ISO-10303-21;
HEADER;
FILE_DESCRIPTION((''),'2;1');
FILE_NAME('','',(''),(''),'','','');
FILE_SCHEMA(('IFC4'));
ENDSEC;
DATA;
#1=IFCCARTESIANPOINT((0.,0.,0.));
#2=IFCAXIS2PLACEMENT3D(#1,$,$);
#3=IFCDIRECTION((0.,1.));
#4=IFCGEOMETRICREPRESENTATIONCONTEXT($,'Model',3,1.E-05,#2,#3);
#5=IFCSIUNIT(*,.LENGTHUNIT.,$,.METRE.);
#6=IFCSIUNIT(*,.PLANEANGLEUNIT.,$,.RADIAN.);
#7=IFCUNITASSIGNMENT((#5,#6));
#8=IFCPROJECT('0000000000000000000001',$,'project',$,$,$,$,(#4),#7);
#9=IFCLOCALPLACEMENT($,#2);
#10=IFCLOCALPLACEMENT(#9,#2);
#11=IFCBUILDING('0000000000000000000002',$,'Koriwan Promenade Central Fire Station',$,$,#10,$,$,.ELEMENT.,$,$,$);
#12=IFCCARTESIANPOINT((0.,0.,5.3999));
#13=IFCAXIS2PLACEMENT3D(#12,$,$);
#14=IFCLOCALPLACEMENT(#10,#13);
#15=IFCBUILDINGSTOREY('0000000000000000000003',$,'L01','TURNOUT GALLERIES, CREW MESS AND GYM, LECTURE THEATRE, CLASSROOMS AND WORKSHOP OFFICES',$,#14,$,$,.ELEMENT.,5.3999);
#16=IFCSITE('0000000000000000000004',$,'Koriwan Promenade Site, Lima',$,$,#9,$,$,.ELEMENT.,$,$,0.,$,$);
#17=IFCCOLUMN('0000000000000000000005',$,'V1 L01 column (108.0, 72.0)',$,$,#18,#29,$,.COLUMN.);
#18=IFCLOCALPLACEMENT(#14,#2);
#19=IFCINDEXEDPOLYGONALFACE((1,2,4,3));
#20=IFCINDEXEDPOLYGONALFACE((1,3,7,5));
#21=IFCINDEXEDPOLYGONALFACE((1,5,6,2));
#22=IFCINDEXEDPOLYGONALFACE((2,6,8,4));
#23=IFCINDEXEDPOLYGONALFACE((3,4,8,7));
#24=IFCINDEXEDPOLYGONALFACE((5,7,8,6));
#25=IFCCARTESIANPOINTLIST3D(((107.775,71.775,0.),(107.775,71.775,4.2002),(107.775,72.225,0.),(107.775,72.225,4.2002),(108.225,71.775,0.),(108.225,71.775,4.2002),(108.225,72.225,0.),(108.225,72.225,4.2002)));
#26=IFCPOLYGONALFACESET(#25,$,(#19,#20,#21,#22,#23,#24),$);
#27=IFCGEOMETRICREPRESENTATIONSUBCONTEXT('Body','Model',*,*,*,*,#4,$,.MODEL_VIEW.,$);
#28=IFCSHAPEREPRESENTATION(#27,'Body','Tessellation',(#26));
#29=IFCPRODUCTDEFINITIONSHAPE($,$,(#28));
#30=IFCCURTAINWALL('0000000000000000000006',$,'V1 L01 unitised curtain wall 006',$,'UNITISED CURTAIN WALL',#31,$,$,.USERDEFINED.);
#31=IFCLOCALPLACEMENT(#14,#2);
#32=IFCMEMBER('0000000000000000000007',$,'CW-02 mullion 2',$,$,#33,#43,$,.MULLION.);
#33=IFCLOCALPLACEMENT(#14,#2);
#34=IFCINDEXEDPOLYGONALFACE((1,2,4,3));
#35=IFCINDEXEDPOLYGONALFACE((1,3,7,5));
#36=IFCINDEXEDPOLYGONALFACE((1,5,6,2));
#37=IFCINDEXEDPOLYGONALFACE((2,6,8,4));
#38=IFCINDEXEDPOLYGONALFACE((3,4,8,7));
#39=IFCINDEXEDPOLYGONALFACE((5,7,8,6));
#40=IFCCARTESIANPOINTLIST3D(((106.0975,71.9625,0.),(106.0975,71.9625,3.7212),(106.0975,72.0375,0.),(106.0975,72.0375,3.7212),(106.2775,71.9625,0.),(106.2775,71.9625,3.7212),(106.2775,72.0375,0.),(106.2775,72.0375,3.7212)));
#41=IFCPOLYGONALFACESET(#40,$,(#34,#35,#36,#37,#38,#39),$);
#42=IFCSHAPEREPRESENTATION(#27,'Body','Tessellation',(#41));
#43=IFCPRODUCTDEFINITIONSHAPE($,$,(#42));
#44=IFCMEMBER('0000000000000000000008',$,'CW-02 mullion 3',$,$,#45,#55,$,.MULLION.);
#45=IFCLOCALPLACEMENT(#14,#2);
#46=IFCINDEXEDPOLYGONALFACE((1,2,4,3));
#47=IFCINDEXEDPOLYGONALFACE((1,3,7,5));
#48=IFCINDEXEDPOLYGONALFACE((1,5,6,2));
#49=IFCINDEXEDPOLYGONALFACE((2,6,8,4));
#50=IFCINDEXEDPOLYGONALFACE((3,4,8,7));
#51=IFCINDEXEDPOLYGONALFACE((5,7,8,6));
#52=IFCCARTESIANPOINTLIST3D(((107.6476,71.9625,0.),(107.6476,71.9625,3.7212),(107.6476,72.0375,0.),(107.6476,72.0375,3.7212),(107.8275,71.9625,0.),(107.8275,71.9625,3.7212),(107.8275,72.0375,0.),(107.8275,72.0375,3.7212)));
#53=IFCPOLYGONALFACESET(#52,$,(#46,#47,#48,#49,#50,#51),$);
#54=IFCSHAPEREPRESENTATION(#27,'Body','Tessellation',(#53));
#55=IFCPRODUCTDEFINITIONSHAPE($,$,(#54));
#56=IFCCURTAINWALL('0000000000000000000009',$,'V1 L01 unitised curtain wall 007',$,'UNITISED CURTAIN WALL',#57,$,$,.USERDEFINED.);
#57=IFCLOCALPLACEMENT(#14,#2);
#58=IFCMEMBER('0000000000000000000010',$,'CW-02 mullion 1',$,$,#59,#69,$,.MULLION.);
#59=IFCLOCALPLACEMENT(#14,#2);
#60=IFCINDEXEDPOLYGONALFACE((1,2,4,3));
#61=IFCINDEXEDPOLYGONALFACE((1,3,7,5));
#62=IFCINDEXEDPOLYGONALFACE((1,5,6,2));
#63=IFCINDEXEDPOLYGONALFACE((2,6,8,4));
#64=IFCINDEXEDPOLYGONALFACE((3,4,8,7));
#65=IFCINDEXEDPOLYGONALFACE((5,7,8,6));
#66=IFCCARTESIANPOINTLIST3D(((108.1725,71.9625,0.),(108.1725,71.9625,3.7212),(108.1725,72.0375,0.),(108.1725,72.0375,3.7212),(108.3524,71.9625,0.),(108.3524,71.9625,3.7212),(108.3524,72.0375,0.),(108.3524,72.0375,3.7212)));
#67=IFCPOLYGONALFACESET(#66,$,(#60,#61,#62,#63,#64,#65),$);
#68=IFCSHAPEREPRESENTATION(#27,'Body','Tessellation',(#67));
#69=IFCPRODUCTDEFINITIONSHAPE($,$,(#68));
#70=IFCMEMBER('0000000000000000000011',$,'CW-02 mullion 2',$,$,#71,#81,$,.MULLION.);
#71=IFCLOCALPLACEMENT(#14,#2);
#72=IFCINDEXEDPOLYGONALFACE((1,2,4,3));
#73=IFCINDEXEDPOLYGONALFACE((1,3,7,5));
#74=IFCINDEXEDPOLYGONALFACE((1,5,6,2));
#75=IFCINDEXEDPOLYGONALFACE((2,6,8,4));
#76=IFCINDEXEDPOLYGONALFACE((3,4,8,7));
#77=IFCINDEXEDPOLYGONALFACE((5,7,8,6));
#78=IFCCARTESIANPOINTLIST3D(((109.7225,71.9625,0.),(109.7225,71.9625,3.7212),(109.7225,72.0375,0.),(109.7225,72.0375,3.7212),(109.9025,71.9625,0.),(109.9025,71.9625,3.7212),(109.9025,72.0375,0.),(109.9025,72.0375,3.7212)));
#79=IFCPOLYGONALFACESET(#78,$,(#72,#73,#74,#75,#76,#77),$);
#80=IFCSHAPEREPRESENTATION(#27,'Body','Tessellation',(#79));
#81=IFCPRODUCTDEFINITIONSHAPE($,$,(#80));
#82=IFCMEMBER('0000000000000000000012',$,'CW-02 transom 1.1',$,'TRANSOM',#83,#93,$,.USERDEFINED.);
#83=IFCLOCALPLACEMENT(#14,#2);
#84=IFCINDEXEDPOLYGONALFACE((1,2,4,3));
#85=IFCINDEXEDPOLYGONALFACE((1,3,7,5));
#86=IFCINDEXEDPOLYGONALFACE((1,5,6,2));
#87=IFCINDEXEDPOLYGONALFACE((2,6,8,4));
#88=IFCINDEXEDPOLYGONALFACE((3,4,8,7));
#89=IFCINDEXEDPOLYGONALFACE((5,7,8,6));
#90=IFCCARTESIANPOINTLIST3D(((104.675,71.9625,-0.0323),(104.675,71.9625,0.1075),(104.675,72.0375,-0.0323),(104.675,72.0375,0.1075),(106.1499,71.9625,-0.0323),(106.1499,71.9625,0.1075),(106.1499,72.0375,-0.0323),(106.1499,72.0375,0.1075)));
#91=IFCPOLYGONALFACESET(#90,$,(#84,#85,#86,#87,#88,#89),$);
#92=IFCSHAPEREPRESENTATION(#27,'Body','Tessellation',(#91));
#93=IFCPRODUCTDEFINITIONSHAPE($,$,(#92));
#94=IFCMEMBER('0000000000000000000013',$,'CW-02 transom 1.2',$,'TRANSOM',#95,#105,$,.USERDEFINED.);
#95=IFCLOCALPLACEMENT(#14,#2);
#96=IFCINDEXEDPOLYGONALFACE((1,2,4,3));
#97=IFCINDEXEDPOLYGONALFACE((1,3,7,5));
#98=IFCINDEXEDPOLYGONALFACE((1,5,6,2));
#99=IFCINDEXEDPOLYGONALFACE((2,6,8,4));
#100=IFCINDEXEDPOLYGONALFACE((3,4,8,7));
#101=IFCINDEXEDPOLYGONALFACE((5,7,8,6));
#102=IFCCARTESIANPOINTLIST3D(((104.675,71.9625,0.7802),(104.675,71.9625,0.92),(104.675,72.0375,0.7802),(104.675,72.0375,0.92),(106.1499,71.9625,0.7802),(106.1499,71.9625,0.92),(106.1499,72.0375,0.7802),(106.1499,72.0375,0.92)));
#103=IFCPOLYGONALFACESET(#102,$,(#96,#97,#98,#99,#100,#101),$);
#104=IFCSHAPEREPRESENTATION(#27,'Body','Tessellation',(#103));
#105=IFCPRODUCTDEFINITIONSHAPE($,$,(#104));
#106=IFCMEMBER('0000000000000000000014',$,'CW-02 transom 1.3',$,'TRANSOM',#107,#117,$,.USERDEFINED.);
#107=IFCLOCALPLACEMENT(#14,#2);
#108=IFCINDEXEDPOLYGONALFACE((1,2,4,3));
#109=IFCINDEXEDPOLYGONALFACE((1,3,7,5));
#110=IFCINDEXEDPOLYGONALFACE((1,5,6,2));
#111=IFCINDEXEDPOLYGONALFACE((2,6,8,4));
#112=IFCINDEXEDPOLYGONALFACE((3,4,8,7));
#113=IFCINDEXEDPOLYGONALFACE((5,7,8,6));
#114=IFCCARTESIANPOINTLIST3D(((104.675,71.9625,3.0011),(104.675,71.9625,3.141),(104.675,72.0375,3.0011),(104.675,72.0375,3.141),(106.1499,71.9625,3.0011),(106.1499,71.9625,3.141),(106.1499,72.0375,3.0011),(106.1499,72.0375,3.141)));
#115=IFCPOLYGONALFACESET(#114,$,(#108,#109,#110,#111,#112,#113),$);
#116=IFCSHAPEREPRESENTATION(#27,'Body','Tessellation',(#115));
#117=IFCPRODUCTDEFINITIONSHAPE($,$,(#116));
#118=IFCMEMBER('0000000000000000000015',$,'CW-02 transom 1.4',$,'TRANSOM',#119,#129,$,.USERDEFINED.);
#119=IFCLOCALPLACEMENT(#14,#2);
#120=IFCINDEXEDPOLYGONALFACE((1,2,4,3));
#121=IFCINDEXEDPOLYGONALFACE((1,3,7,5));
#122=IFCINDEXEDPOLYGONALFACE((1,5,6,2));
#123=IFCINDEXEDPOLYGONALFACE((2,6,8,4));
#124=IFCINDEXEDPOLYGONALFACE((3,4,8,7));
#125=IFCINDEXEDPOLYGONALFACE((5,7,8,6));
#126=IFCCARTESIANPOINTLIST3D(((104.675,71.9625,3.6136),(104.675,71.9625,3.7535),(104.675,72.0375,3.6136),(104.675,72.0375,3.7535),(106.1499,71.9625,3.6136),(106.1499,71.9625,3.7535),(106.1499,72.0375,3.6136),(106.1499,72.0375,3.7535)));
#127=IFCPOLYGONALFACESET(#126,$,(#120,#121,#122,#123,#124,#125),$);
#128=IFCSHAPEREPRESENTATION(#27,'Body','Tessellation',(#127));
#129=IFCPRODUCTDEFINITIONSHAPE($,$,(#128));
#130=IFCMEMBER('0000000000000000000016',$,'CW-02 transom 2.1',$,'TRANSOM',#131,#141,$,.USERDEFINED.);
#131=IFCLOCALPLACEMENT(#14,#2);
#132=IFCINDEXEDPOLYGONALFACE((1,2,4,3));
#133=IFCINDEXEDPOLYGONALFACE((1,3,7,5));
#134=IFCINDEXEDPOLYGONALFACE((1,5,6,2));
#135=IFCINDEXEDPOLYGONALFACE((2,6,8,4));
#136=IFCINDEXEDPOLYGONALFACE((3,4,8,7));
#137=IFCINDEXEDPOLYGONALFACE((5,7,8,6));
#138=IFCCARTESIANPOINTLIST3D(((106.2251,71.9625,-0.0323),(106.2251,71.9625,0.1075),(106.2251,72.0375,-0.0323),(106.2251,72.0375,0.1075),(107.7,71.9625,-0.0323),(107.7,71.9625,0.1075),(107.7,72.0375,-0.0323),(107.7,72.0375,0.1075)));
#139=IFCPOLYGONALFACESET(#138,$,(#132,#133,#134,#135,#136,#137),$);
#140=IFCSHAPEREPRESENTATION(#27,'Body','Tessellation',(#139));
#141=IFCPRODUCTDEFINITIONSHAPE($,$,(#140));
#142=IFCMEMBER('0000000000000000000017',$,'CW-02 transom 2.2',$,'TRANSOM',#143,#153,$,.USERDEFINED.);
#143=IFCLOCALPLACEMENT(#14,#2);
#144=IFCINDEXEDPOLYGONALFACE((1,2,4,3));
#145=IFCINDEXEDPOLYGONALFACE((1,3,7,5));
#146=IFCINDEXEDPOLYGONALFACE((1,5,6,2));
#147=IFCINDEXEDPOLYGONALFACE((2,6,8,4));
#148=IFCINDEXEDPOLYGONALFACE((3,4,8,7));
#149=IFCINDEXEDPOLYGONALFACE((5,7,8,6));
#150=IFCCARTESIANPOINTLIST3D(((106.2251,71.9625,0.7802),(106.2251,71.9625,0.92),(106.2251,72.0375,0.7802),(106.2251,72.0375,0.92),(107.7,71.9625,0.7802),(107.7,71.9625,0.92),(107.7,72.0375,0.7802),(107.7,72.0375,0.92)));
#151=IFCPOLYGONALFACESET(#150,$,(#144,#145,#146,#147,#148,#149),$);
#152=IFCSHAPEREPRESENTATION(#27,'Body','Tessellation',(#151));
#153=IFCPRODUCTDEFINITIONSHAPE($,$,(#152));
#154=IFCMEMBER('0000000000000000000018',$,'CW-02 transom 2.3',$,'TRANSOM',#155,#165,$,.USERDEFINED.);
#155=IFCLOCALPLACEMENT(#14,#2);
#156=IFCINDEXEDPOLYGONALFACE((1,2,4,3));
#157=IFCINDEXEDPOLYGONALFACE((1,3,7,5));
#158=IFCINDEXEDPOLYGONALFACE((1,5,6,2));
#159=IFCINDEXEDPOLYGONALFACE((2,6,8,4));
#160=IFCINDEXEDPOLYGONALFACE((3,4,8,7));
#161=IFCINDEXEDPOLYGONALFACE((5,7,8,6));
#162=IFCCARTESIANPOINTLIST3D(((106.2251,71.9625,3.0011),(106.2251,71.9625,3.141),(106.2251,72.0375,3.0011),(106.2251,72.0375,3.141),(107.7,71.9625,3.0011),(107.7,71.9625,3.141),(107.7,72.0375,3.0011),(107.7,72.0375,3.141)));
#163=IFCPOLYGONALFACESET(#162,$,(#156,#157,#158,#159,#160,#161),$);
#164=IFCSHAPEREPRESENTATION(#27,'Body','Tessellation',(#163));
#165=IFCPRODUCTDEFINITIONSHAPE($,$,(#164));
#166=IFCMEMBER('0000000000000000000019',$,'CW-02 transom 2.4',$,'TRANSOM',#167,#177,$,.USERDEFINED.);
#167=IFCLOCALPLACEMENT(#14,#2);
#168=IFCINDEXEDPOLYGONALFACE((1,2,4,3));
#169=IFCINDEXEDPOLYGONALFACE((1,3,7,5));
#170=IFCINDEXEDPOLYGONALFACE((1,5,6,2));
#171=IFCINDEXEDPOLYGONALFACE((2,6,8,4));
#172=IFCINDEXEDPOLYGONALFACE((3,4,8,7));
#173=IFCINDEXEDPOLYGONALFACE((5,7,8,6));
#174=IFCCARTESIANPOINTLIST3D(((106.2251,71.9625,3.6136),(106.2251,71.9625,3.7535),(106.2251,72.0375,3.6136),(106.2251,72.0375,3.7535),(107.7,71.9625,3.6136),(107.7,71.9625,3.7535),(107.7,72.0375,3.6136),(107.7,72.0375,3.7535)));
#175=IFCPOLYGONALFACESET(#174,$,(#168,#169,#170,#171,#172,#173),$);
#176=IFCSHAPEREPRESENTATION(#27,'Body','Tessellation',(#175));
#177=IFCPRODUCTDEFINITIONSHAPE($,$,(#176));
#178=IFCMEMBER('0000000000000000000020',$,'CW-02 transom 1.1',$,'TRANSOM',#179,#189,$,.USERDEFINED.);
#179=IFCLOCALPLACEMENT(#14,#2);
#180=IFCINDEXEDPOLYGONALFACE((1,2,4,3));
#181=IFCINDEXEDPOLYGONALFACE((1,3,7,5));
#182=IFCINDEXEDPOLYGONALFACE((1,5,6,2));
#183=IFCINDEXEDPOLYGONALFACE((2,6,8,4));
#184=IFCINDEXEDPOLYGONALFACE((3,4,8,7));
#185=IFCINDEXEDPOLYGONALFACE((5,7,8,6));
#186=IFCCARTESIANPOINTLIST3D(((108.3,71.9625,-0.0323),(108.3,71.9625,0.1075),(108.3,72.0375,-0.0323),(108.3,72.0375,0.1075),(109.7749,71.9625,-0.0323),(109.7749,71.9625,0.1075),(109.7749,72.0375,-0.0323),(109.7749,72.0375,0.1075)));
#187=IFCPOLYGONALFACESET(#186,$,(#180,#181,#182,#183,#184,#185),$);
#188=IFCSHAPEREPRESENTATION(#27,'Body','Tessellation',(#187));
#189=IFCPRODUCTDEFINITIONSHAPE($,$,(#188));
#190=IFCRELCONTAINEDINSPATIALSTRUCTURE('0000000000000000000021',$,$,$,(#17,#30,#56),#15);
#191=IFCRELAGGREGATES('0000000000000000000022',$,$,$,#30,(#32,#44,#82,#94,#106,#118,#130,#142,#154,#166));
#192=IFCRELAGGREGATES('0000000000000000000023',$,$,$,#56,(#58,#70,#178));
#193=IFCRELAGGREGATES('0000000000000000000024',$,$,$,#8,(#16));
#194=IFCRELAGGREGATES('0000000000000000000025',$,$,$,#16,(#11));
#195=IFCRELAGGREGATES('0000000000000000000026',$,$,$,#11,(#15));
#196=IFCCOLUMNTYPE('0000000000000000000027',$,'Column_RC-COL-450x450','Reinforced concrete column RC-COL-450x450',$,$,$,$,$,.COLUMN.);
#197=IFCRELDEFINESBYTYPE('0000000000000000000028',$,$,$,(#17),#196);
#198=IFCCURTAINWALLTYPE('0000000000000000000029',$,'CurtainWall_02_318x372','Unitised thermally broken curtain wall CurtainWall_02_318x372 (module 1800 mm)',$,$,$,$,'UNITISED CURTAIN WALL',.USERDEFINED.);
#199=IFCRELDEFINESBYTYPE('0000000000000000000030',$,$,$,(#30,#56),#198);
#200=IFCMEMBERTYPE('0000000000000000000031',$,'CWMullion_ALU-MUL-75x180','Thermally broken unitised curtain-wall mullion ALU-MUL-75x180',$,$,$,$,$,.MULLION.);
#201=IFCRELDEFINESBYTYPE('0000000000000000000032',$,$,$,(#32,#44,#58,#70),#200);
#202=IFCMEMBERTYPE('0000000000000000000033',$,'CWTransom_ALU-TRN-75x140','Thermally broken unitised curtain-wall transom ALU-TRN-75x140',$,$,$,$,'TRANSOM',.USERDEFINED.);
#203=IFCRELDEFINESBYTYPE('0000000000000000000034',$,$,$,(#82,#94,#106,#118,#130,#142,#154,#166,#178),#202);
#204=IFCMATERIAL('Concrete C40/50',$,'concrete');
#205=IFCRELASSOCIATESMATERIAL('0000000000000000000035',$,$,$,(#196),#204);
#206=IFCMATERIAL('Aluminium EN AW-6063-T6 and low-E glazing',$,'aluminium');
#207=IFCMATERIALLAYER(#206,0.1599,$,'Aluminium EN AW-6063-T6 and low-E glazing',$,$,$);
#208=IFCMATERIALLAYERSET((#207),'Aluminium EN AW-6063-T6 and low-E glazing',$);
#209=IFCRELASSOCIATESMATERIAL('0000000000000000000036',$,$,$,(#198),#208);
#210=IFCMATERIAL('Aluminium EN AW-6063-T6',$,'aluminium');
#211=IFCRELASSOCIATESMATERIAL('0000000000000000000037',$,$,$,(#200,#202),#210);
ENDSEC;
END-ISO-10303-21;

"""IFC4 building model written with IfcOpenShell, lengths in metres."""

from ifc_helpers import new_model, si_unit, direction, frame, origin, origin_2d, place, context, subcontext, project, spatial, rectangle, extrude, material, layer, layer_set, material_profile, profile_set, type_object, element, aggregate, save


model = new_model("IFC4")

# Units and contexts
model_context = context("Model", 3, precision=1e-05, world=origin(), true_north=direction((0.0, 1.0)))
body_context = subcontext(model_context, "Body", "Model", "MODEL_VIEW")
ifc_project = project(units=[si_unit("LENGTHUNIT", "METRE"), si_unit("PLANEANGLEUNIT", "RADIAN")], contexts=[model_context])

# Site, building, storey
site_placement = place(None, origin())
site = spatial("IfcSite", under=ifc_project, at=site_placement, Name="Koriwan Promenade Site, Lima", CompositionType="ELEMENT", RefElevation=0.0)
building_placement = place(site_placement, origin())
building = spatial("IfcBuilding", under=site, at=building_placement, Name="Koriwan Promenade Central Fire Station", CompositionType="ELEMENT")
storey_placement = place(building_placement, frame((0.0, 0.0, 5.3999)))
storey = spatial("IfcBuildingStorey", under=building, at=storey_placement, Name="L01", Description="TURNOUT GALLERIES, CREW MESS AND GYM, LECTURE THEATRE, CLASSROOMS AND WORKSHOP OFFICES", CompositionType="ELEMENT", Elevation=5.3999)

# Column
ifc_material_1 = material(Name="Concrete C40/50", Category="concrete")
ifc_material_profile_1 = material_profile(ifc_material_1, rectangle(XDim=0.45, YDim=0.45, at=origin_2d()), Name="RC-COL-450x450")
ifc_profile_set_1 = profile_set([ifc_material_profile_1], Name="Concrete C40/50")
column_type = type_object("IfcColumnType", Name="Column_RC-COL-450x450", Description="Reinforced concrete column RC-COL-450x450", PredefinedType="COLUMN", material=ifc_profile_set_1)
column_placement = place(storey_placement, frame((108.0, 72.0, 0.0), z_axis=(0.0, 0.0, 1.0), x_axis=(1.0, 0.0, 0.0)))
element("IfcColumn", 1, at=column_placement, inside=storey, type_object=column_type, Name="V1 L01 column (108.0, 72.0)", PredefinedType="COLUMN", context=body_context, shape_type="SweptSolid", body=[
    extrude(rectangle(XDim=0.45, YDim=0.45, at=origin_2d()), origin(), (0.0, 0.0, 1.0), 4.2002),
])

# Curtain walls, members
ifc_material_2 = material(Name="Aluminium EN AW-6063-T6 and low-E glazing", Category="aluminium")
ifc_layer_1 = layer(ifc_material_2, 0.1599, Name="Aluminium EN AW-6063-T6 and low-E glazing")
ifc_layer_set_1 = layer_set([ifc_layer_1], Name="Aluminium EN AW-6063-T6 and low-E glazing")
curtain_wall_type = type_object("IfcCurtainWallType", Name="CurtainWall_02_318x372", Description="Unitised thermally broken curtain wall CurtainWall_02_318x372 (module 1800 mm)", ElementType="UNITISED CURTAIN WALL", PredefinedType="USERDEFINED", material=ifc_layer_set_1)
curtain_wall_1_placement = place(storey_placement, origin())
curtain_wall_1 = element("IfcCurtainWall", 2, at=curtain_wall_1_placement, inside=storey, type_object=curtain_wall_type, Name="V1 L01 unitised curtain wall 006", ObjectType="UNITISED CURTAIN WALL", PredefinedType="USERDEFINED")
ifc_material_3 = material(Name="Aluminium EN AW-6063-T6", Category="aluminium")
ifc_material_profile_2 = material_profile(ifc_material_3, rectangle(XDim=0.075, YDim=0.1799, at=origin_2d()), Name="ALU-MUL-75x180")
ifc_profile_set_2 = profile_set([ifc_material_profile_2], Name="Aluminium EN AW-6063-T6")
member_type_1 = type_object("IfcMemberType", Name="CWMullion_ALU-MUL-75x180", Description="Thermally broken unitised curtain-wall mullion ALU-MUL-75x180", PredefinedType="MULLION", material=ifc_profile_set_2)
member_1_placement = place(storey_placement, frame((106.1875, 72.0, 0.0), z_axis=(0.0, 0.0, 1.0), x_axis=(0.0, 1.0, 0.0)))
member_1 = element("IfcMember", 3, at=member_1_placement, type_object=member_type_1, Name="CW-02 mullion 2", PredefinedType="MULLION", context=body_context, shape_type="SweptSolid", body=[
    extrude(rectangle(XDim=0.075, YDim=0.1799, at=origin_2d()), origin(), (0.0, 0.0, 1.0), 3.7212),
])
member_2_placement = place(storey_placement, frame((107.7375, 72.0, 0.0), z_axis=(0.0, 0.0, 1.0), x_axis=(0.0, 1.0, 0.0)))
member_2 = element("IfcMember", 4, at=member_2_placement, type_object=member_type_1, Name="CW-02 mullion 3", PredefinedType="MULLION", context=body_context, shape_type="SweptSolid", body=[
    extrude(rectangle(XDim=0.075, YDim=0.1799, at=origin_2d()), origin(), (0.0, 0.0, 1.0), 3.7212),
])
curtain_wall_2_placement = place(storey_placement, origin())
curtain_wall_2 = element("IfcCurtainWall", 5, at=curtain_wall_2_placement, inside=storey, type_object=curtain_wall_type, Name="V1 L01 unitised curtain wall 007", ObjectType="UNITISED CURTAIN WALL", PredefinedType="USERDEFINED")
member_3_placement = place(storey_placement, frame((108.2625, 72.0, 0.0), z_axis=(0.0, 0.0, 1.0), x_axis=(0.0, 1.0, 0.0)))
member_3 = element("IfcMember", 6, at=member_3_placement, type_object=member_type_1, Name="CW-02 mullion 1", PredefinedType="MULLION", context=body_context, shape_type="SweptSolid", body=[
    extrude(rectangle(XDim=0.075, YDim=0.1799, at=origin_2d()), origin(), (0.0, 0.0, 1.0), 3.7212),
])
member_4_placement = place(storey_placement, frame((109.8125, 72.0, 0.0), z_axis=(0.0, 0.0, 1.0), x_axis=(0.0, 1.0, 0.0)))
member_4 = element("IfcMember", 7, at=member_4_placement, type_object=member_type_1, Name="CW-02 mullion 2", PredefinedType="MULLION", context=body_context, shape_type="SweptSolid", body=[
    extrude(rectangle(XDim=0.075, YDim=0.1799, at=origin_2d()), origin(), (0.0, 0.0, 1.0), 3.7212),
])

# Members
ifc_material_profile_3 = material_profile(ifc_material_3, rectangle(XDim=0.075, YDim=0.1399, at=origin_2d()), Name="ALU-TRN-75x140")
ifc_profile_set_3 = profile_set([ifc_material_profile_3], Name="Aluminium EN AW-6063-T6")
member_type_2 = type_object("IfcMemberType", Name="CWTransom_ALU-TRN-75x140", Description="Thermally broken unitised curtain-wall transom ALU-TRN-75x140", ElementType="TRANSOM", PredefinedType="USERDEFINED", material=ifc_profile_set_3)
member_5_placement = place(storey_placement, frame((104.675, 72.0, 0.0376), z_axis=(1.0, 0.0, 0.0), x_axis=(0.0, 1.0, 0.0)))
member_5 = element("IfcMember", 8, at=member_5_placement, type_object=member_type_2, Name="CW-02 transom 1.1", ObjectType="TRANSOM", PredefinedType="USERDEFINED", context=body_context, shape_type="SweptSolid", body=[
    extrude(rectangle(XDim=0.075, YDim=0.1399, at=origin_2d()), origin(), (0.0, 0.0, 1.0), 1.4749),
])
member_6_placement = place(storey_placement, frame((104.675, 72.0, 0.8501), z_axis=(1.0, 0.0, 0.0), x_axis=(0.0, 1.0, 0.0)))
member_6 = element("IfcMember", 9, at=member_6_placement, type_object=member_type_2, Name="CW-02 transom 1.2", ObjectType="TRANSOM", PredefinedType="USERDEFINED", context=body_context, shape_type="SweptSolid", body=[
    extrude(rectangle(XDim=0.075, YDim=0.1399, at=origin_2d()), origin(), (0.0, 0.0, 1.0), 1.4749),
])
member_7_placement = place(storey_placement, frame((104.675, 72.0, 3.071), z_axis=(1.0, 0.0, 0.0), x_axis=(0.0, 1.0, 0.0)))
member_7 = element("IfcMember", 10, at=member_7_placement, type_object=member_type_2, Name="CW-02 transom 1.3", ObjectType="TRANSOM", PredefinedType="USERDEFINED", context=body_context, shape_type="SweptSolid", body=[
    extrude(rectangle(XDim=0.075, YDim=0.1399, at=origin_2d()), origin(), (0.0, 0.0, 1.0), 1.4749),
])
member_8_placement = place(storey_placement, frame((104.675, 72.0, 3.6836), z_axis=(1.0, 0.0, 0.0), x_axis=(0.0, 1.0, 0.0)))
member_8 = element("IfcMember", 11, at=member_8_placement, type_object=member_type_2, Name="CW-02 transom 1.4", ObjectType="TRANSOM", PredefinedType="USERDEFINED", context=body_context, shape_type="SweptSolid", body=[
    extrude(rectangle(XDim=0.075, YDim=0.1399, at=origin_2d()), origin(), (0.0, 0.0, 1.0), 1.4749),
])
member_9_placement = place(storey_placement, frame((106.2251, 72.0, 0.0376), z_axis=(1.0, 0.0, 0.0), x_axis=(0.0, 1.0, 0.0)))
member_9 = element("IfcMember", 12, at=member_9_placement, type_object=member_type_2, Name="CW-02 transom 2.1", ObjectType="TRANSOM", PredefinedType="USERDEFINED", context=body_context, shape_type="SweptSolid", body=[
    extrude(rectangle(XDim=0.075, YDim=0.1399, at=origin_2d()), origin(), (0.0, 0.0, 1.0), 1.4749),
])
member_10_placement = place(storey_placement, frame((106.2251, 72.0, 0.8501), z_axis=(1.0, 0.0, 0.0), x_axis=(0.0, 1.0, 0.0)))
member_10 = element("IfcMember", 13, at=member_10_placement, type_object=member_type_2, Name="CW-02 transom 2.2", ObjectType="TRANSOM", PredefinedType="USERDEFINED", context=body_context, shape_type="SweptSolid", body=[
    extrude(rectangle(XDim=0.075, YDim=0.1399, at=origin_2d()), origin(), (0.0, 0.0, 1.0), 1.4749),
])
member_11_placement = place(storey_placement, frame((106.2251, 72.0, 3.071), z_axis=(1.0, 0.0, 0.0), x_axis=(0.0, 1.0, 0.0)))
member_11 = element("IfcMember", 14, at=member_11_placement, type_object=member_type_2, Name="CW-02 transom 2.3", ObjectType="TRANSOM", PredefinedType="USERDEFINED", context=body_context, shape_type="SweptSolid", body=[
    extrude(rectangle(XDim=0.075, YDim=0.1399, at=origin_2d()), origin(), (0.0, 0.0, 1.0), 1.4749),
])
member_12_placement = place(storey_placement, frame((106.2251, 72.0, 3.6836), z_axis=(1.0, 0.0, 0.0), x_axis=(0.0, 1.0, 0.0)))
member_12 = element("IfcMember", 15, at=member_12_placement, type_object=member_type_2, Name="CW-02 transom 2.4", ObjectType="TRANSOM", PredefinedType="USERDEFINED", context=body_context, shape_type="SweptSolid", body=[
    extrude(rectangle(XDim=0.075, YDim=0.1399, at=origin_2d()), origin(), (0.0, 0.0, 1.0), 1.4749),
])
member_13_placement = place(storey_placement, frame((108.3, 72.0, 0.0376), z_axis=(1.0, 0.0, 0.0), x_axis=(0.0, 1.0, 0.0)))
member_13 = element("IfcMember", 16, at=member_13_placement, type_object=member_type_2, Name="CW-02 transom 1.1", ObjectType="TRANSOM", PredefinedType="USERDEFINED", context=body_context, shape_type="SweptSolid", body=[
    extrude(rectangle(XDim=0.075, YDim=0.1399, at=origin_2d()), origin(), (0.0, 0.0, 1.0), 1.4749),
])

aggregate(curtain_wall_1, [member_1, member_2, member_5, member_6, member_7, member_8, member_9, member_10, member_11, member_12])
aggregate(curtain_wall_2, [member_3, member_4, member_13])

save(model, "model.ifc")
